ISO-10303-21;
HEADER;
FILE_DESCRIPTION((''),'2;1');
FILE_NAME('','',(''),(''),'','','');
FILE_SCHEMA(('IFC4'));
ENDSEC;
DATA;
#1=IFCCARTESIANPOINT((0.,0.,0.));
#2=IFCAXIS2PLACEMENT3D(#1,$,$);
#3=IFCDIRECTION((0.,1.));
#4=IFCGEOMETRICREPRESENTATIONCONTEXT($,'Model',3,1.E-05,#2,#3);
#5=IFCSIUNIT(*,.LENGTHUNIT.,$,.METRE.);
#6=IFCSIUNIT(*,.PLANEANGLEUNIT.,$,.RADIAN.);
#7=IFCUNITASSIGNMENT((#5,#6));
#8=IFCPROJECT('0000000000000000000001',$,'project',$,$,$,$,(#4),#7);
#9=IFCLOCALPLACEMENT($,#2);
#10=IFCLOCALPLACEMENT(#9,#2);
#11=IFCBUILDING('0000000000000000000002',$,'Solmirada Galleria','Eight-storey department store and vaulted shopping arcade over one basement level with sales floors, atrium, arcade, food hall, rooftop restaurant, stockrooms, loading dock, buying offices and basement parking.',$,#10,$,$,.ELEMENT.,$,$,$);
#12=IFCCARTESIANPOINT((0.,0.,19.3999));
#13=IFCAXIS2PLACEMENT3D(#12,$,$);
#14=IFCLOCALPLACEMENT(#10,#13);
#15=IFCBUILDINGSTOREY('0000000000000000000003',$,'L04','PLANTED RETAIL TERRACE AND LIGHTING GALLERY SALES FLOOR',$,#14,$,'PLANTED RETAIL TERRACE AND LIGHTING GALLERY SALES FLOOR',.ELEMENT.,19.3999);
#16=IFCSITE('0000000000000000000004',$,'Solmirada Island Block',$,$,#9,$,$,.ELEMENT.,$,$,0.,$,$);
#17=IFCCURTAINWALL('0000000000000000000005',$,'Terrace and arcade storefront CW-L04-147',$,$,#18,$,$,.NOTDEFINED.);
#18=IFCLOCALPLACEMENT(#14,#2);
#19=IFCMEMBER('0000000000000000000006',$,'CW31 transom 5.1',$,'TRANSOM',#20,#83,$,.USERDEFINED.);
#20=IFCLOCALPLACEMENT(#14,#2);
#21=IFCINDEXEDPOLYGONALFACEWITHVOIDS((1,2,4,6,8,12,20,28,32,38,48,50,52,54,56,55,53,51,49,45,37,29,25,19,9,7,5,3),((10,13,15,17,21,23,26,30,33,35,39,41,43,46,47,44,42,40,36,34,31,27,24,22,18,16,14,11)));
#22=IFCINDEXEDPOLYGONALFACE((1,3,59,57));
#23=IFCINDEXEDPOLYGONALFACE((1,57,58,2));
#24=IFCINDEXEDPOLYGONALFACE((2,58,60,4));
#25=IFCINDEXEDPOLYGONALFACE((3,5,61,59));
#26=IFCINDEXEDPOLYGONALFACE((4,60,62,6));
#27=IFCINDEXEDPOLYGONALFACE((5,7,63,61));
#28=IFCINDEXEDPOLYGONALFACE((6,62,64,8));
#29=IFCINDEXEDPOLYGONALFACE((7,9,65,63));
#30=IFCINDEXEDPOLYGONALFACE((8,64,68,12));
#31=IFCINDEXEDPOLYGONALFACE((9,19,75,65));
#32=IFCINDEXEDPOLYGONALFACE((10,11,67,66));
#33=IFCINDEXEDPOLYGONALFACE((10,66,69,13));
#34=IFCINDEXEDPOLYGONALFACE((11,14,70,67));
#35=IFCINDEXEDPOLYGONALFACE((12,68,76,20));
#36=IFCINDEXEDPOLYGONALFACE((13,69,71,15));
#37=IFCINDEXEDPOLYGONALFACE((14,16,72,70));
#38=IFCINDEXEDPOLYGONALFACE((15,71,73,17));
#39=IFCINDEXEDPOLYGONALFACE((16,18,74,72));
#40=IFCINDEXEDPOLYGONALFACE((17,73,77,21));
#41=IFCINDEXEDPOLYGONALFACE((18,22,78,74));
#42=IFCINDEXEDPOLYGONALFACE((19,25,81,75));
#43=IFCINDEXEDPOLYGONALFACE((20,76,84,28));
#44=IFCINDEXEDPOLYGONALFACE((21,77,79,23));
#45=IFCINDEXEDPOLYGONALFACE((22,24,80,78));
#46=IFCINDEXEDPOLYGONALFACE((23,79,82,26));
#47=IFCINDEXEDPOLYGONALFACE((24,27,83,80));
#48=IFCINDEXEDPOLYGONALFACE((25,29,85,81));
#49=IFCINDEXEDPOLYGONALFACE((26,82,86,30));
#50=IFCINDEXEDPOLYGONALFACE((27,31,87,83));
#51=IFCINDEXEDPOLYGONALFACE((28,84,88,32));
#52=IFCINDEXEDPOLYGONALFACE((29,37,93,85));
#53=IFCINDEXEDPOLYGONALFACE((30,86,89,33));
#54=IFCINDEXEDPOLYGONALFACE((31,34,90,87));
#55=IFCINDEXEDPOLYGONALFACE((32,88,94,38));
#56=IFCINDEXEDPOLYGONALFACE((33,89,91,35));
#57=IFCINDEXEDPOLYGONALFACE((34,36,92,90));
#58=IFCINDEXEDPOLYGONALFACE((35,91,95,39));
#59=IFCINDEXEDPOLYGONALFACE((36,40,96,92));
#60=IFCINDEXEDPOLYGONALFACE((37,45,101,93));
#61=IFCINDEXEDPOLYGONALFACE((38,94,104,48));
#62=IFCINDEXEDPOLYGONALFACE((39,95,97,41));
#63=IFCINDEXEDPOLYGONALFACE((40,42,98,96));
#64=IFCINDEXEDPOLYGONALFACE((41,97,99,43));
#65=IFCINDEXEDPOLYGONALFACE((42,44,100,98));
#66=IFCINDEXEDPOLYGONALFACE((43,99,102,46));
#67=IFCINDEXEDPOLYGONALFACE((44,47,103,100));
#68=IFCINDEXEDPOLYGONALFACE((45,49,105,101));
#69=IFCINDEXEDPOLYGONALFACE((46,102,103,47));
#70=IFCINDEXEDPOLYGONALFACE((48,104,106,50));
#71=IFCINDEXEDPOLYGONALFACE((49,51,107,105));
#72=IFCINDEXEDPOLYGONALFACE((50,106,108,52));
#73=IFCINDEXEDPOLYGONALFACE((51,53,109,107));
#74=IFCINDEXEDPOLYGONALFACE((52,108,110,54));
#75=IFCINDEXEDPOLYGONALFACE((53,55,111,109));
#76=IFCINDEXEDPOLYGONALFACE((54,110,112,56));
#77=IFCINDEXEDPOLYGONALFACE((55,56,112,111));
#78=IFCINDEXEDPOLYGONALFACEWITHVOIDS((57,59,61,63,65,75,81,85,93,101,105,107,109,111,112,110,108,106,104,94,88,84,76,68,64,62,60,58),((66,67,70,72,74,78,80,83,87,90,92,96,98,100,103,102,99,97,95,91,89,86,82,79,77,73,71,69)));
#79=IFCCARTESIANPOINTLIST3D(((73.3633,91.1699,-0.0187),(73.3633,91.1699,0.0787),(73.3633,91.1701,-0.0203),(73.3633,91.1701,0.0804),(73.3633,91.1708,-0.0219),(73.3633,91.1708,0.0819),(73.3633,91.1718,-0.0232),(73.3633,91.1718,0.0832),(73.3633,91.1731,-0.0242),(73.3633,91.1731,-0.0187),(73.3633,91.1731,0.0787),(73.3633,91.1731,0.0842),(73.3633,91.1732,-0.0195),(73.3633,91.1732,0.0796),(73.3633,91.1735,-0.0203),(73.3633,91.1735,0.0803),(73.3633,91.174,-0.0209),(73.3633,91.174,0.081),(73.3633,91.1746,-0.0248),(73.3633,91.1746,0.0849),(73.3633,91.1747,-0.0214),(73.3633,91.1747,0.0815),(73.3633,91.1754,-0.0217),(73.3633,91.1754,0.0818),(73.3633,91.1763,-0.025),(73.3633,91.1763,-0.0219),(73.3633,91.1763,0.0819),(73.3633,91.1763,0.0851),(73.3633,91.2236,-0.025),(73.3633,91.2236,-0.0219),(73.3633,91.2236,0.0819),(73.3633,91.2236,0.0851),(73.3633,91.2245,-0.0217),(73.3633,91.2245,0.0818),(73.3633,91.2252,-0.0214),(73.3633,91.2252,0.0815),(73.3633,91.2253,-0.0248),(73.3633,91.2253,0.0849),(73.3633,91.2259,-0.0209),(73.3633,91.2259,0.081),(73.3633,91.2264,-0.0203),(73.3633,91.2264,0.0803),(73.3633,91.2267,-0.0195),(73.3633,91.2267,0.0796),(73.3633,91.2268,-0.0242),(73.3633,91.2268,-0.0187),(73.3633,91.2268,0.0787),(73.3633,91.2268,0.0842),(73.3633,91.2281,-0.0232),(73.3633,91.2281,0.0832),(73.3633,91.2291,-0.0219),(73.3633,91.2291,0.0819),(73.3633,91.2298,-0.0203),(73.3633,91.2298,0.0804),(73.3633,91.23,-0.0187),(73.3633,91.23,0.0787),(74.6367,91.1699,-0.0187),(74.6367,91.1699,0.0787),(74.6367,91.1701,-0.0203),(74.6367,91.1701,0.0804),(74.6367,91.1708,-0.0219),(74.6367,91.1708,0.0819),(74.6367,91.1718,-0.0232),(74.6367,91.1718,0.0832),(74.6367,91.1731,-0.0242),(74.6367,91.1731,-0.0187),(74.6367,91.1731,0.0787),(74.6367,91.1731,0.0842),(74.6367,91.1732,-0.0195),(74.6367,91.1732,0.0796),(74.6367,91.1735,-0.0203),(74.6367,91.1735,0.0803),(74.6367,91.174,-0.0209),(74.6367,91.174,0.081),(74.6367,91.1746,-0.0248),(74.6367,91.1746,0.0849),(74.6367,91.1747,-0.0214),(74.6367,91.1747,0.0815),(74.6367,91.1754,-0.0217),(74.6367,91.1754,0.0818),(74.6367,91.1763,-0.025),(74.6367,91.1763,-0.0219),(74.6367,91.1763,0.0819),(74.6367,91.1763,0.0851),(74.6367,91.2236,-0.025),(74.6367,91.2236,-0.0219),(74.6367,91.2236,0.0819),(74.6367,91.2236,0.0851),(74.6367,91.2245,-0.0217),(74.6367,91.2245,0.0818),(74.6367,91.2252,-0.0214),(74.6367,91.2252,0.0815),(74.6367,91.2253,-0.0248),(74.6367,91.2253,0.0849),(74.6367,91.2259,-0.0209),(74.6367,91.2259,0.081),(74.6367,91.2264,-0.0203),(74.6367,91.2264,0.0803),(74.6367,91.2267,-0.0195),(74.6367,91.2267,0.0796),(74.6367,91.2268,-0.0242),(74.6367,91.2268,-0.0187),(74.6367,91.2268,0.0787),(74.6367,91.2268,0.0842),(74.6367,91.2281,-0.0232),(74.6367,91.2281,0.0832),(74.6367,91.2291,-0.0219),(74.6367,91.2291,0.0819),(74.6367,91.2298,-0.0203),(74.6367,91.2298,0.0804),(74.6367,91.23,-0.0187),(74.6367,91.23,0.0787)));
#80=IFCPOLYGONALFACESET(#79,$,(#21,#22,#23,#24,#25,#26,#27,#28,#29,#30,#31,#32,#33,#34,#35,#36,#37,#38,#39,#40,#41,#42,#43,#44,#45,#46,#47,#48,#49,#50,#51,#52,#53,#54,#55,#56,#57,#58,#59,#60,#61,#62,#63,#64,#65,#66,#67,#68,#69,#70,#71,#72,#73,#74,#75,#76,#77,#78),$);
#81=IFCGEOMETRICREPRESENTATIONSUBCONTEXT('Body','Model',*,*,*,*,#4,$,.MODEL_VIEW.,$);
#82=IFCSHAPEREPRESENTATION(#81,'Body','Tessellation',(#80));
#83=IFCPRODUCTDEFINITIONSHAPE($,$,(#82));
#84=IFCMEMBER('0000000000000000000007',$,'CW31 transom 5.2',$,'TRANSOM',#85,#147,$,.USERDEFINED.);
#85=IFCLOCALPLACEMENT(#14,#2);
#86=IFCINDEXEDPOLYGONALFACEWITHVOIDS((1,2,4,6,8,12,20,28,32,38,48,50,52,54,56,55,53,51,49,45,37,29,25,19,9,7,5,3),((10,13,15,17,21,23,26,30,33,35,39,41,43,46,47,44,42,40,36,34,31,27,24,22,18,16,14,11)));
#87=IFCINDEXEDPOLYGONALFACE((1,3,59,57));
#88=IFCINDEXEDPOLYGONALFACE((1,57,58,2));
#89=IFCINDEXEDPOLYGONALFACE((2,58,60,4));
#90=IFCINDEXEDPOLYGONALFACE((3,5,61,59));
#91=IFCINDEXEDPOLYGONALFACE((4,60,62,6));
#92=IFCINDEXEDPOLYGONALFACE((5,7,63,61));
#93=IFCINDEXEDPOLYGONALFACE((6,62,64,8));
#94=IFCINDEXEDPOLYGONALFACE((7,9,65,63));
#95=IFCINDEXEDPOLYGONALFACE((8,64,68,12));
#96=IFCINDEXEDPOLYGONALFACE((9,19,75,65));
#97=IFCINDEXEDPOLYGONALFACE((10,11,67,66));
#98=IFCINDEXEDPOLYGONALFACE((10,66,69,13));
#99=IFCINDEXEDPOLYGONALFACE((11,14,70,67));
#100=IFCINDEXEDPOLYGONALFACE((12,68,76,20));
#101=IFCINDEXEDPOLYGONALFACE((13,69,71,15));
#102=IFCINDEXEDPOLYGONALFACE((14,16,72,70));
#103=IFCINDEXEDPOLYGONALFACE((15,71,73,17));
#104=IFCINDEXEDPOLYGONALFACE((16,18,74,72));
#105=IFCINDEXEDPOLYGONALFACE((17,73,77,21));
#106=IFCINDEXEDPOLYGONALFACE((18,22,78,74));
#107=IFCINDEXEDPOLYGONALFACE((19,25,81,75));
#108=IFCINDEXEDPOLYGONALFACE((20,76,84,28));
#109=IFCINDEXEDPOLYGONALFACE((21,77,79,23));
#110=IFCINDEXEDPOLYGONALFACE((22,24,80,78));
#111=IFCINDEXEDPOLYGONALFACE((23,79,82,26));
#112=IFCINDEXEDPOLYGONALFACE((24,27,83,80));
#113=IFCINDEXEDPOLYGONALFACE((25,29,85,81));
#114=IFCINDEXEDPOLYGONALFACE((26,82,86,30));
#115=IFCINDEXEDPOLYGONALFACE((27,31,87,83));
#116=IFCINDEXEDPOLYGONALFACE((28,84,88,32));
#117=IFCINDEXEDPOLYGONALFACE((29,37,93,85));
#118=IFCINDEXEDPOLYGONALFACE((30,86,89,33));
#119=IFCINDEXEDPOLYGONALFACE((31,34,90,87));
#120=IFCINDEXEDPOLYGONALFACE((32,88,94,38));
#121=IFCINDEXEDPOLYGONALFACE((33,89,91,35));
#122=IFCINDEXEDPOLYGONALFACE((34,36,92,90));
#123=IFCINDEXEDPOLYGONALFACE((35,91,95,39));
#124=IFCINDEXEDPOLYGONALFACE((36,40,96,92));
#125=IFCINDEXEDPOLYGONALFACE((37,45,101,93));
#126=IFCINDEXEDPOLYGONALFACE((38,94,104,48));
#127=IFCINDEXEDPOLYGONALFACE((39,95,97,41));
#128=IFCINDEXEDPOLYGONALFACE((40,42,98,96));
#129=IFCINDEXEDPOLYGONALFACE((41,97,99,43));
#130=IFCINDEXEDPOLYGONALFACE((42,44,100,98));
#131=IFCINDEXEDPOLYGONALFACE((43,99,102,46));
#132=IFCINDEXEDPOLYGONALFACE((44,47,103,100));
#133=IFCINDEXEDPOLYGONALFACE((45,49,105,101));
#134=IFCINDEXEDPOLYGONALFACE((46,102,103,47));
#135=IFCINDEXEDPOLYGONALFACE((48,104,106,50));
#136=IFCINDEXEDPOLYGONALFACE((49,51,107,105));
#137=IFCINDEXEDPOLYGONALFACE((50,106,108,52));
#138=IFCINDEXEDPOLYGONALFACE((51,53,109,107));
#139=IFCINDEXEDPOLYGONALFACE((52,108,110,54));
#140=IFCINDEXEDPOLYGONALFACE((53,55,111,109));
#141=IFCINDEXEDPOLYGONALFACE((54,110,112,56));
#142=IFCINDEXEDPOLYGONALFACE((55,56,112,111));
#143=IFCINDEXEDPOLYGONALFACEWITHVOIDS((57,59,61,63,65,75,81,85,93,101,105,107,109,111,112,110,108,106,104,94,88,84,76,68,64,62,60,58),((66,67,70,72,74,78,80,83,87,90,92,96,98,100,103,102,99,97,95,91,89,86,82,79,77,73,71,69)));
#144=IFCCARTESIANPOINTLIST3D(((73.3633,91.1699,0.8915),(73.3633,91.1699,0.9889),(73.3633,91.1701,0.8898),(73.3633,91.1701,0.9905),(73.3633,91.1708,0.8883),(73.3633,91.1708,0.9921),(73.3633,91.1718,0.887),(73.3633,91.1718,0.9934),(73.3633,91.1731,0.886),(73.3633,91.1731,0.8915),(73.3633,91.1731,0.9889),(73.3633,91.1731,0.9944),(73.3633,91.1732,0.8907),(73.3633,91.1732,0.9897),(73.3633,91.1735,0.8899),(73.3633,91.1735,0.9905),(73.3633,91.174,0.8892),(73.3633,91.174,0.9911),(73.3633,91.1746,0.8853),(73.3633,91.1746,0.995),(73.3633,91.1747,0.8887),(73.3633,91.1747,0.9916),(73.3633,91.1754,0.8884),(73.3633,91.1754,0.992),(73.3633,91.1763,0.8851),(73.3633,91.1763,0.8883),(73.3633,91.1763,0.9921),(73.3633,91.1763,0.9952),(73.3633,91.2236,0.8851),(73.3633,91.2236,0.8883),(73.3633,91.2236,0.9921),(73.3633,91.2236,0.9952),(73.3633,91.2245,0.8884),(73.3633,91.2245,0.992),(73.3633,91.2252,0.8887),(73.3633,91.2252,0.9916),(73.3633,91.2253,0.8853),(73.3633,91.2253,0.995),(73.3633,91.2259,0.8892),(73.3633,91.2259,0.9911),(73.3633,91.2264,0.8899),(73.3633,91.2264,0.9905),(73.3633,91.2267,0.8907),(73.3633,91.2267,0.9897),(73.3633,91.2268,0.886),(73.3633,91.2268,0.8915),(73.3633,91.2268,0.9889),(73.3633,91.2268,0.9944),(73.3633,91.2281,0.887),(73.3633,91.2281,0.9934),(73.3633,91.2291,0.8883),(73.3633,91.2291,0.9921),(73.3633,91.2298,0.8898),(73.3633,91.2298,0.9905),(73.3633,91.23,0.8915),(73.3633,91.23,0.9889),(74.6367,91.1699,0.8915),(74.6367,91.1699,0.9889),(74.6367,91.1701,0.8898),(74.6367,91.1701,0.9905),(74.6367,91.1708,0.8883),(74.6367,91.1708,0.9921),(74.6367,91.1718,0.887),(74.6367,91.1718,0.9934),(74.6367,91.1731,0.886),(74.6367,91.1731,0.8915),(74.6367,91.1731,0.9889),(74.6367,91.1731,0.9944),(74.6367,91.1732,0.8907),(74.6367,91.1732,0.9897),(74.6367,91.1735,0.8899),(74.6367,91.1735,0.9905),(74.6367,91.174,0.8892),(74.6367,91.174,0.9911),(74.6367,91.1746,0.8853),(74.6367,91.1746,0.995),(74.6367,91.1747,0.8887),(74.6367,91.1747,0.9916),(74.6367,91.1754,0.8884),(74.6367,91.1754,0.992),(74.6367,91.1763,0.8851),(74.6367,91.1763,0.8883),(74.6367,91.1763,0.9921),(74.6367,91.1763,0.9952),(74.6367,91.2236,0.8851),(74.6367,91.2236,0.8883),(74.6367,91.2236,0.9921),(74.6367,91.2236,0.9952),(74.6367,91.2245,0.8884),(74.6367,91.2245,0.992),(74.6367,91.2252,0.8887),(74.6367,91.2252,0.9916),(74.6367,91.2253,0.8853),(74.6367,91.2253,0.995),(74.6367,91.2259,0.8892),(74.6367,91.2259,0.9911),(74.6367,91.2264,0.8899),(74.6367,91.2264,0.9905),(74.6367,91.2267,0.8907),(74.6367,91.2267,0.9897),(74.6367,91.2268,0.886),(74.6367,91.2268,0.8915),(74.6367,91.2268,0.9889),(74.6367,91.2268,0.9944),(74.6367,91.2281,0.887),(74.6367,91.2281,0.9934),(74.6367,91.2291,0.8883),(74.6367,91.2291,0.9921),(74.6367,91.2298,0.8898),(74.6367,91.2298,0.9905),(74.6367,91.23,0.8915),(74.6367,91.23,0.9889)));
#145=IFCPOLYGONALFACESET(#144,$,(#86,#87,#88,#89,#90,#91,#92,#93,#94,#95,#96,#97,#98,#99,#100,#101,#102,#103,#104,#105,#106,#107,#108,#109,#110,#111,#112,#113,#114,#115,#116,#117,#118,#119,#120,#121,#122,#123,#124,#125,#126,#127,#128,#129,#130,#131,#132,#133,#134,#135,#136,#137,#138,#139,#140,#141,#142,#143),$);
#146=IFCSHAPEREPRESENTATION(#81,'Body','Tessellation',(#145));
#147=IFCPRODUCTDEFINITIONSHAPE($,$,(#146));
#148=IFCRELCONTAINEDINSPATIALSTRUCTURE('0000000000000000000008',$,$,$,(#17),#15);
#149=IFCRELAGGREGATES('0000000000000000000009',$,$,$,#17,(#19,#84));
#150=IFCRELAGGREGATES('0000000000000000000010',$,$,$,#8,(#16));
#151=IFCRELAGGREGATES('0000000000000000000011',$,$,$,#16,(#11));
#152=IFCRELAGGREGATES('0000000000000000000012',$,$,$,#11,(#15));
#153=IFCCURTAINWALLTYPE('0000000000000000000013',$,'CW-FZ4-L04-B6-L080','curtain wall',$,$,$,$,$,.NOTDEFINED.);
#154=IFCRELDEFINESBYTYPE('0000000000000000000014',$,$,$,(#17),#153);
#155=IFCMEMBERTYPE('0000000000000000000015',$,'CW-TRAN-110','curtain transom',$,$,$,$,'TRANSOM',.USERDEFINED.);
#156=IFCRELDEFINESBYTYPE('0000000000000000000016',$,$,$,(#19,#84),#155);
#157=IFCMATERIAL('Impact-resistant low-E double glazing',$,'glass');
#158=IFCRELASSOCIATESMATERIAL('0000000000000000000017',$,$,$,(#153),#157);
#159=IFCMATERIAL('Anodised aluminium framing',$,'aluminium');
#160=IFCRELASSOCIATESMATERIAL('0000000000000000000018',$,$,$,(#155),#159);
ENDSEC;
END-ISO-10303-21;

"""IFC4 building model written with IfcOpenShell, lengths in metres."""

from ifc_helpers import new_model, si_unit, direction, frame, origin, origin_2d, place, context, subcontext, project, spatial, hollow_rectangle, extrude, material, material_profile, profile_set, type_object, element, aggregate, save


model = new_model("IFC4")

# Units and contexts
model_context = context("Model", 3, precision=1e-05, world=origin(), true_north=direction((0.0, 1.0)))
body_context = subcontext(model_context, "Body", "Model", "MODEL_VIEW")
ifc_project = project(units=[si_unit("LENGTHUNIT", "METRE"), si_unit("PLANEANGLEUNIT", "RADIAN")], contexts=[model_context])

# Site, building, storey
site_placement = place(None, origin())
site = spatial("IfcSite", under=ifc_project, at=site_placement, Name="Solmirada Island Block", CompositionType="ELEMENT", RefElevation=0.0)
building_placement = place(site_placement, origin())
building = spatial("IfcBuilding", under=site, at=building_placement, Name="Solmirada Galleria", Description="Eight-storey department store and vaulted shopping arcade over one basement level with sales floors, atrium, arcade, food hall, rooftop restaurant, stockrooms, loading dock, buying offices and basement parking.", CompositionType="ELEMENT")
storey_placement = place(building_placement, frame((0.0, 0.0, 19.3999)))
storey = spatial("IfcBuildingStorey", under=building, at=storey_placement, Name="L04", Description="PLANTED RETAIL TERRACE AND LIGHTING GALLERY SALES FLOOR", LongName="PLANTED RETAIL TERRACE AND LIGHTING GALLERY SALES FLOOR", CompositionType="ELEMENT", Elevation=19.3999)

# Curtain wall
ifc_material_1 = material(Name="Impact-resistant low-E double glazing", Category="glass")
curtain_wall_type = type_object("IfcCurtainWallType", Name="CW-FZ4-L04-B6-L080", Description="curtain wall", PredefinedType="NOTDEFINED", material=ifc_material_1)
curtain_wall_1_placement = place(storey_placement, origin())
curtain_wall_1 = element("IfcCurtainWall", 1, at=curtain_wall_1_placement, inside=storey, type_object=curtain_wall_type, Name="Terrace and arcade storefront CW-L04-147", PredefinedType="NOTDEFINED")
ifc_material_2 = material(Name="Anodised aluminium framing", Category="aluminium")

# Members
ifc_material_profile_1 = material_profile(ifc_material_2, hollow_rectangle(XDim=0.0601, YDim=0.1101, WallThickness=0.0032, InnerFilletRadius=0.0032, OuterFilletRadius=0.0063, at=origin_2d()), Name="ALU-TRAN-110X60")
ifc_profile_set_1 = profile_set([ifc_material_profile_1], Name="Anodised aluminium framing")
member_type_1 = type_object("IfcMemberType", Name="CW-TRAN-110", Description="curtain transom", ElementType="TRANSOM", PredefinedType="USERDEFINED", material=ifc_profile_set_1)
member_1_placement = place(storey_placement, frame((74.6367, 91.2, 0.03), z_axis=(-1.0, 0.0, 0.0), x_axis=(0.0, -1.0, 0.0)))
member_1 = element("IfcMember", 2, at=member_1_placement, type_object=member_type_1, Name="CW31 transom 5.1", ObjectType="TRANSOM", PredefinedType="USERDEFINED", context=body_context, shape_type="SweptSolid", body=[
    extrude(hollow_rectangle(XDim=0.0601, YDim=0.1101, WallThickness=0.0032, InnerFilletRadius=0.0032, OuterFilletRadius=0.0063, at=origin_2d()), origin(), (0.0, 0.0, 1.0), 1.2734),
])
member_2_placement = place(storey_placement, frame((74.6367, 91.2, 0.9402), z_axis=(-1.0, 0.0, 0.0), x_axis=(0.0, -1.0, 0.0)))
member_2 = element("IfcMember", 3, at=member_2_placement, type_object=member_type_1, Name="CW31 transom 5.2", ObjectType="TRANSOM", PredefinedType="USERDEFINED", context=body_context, shape_type="SweptSolid", body=[
    extrude(hollow_rectangle(XDim=0.0601, YDim=0.1101, WallThickness=0.0032, InnerFilletRadius=0.0032, OuterFilletRadius=0.0063, at=origin_2d()), origin(), (0.0, 0.0, 1.0), 1.2734),
])

aggregate(curtain_wall_1, [member_1, member_2])

save(model, "model.ifc")
